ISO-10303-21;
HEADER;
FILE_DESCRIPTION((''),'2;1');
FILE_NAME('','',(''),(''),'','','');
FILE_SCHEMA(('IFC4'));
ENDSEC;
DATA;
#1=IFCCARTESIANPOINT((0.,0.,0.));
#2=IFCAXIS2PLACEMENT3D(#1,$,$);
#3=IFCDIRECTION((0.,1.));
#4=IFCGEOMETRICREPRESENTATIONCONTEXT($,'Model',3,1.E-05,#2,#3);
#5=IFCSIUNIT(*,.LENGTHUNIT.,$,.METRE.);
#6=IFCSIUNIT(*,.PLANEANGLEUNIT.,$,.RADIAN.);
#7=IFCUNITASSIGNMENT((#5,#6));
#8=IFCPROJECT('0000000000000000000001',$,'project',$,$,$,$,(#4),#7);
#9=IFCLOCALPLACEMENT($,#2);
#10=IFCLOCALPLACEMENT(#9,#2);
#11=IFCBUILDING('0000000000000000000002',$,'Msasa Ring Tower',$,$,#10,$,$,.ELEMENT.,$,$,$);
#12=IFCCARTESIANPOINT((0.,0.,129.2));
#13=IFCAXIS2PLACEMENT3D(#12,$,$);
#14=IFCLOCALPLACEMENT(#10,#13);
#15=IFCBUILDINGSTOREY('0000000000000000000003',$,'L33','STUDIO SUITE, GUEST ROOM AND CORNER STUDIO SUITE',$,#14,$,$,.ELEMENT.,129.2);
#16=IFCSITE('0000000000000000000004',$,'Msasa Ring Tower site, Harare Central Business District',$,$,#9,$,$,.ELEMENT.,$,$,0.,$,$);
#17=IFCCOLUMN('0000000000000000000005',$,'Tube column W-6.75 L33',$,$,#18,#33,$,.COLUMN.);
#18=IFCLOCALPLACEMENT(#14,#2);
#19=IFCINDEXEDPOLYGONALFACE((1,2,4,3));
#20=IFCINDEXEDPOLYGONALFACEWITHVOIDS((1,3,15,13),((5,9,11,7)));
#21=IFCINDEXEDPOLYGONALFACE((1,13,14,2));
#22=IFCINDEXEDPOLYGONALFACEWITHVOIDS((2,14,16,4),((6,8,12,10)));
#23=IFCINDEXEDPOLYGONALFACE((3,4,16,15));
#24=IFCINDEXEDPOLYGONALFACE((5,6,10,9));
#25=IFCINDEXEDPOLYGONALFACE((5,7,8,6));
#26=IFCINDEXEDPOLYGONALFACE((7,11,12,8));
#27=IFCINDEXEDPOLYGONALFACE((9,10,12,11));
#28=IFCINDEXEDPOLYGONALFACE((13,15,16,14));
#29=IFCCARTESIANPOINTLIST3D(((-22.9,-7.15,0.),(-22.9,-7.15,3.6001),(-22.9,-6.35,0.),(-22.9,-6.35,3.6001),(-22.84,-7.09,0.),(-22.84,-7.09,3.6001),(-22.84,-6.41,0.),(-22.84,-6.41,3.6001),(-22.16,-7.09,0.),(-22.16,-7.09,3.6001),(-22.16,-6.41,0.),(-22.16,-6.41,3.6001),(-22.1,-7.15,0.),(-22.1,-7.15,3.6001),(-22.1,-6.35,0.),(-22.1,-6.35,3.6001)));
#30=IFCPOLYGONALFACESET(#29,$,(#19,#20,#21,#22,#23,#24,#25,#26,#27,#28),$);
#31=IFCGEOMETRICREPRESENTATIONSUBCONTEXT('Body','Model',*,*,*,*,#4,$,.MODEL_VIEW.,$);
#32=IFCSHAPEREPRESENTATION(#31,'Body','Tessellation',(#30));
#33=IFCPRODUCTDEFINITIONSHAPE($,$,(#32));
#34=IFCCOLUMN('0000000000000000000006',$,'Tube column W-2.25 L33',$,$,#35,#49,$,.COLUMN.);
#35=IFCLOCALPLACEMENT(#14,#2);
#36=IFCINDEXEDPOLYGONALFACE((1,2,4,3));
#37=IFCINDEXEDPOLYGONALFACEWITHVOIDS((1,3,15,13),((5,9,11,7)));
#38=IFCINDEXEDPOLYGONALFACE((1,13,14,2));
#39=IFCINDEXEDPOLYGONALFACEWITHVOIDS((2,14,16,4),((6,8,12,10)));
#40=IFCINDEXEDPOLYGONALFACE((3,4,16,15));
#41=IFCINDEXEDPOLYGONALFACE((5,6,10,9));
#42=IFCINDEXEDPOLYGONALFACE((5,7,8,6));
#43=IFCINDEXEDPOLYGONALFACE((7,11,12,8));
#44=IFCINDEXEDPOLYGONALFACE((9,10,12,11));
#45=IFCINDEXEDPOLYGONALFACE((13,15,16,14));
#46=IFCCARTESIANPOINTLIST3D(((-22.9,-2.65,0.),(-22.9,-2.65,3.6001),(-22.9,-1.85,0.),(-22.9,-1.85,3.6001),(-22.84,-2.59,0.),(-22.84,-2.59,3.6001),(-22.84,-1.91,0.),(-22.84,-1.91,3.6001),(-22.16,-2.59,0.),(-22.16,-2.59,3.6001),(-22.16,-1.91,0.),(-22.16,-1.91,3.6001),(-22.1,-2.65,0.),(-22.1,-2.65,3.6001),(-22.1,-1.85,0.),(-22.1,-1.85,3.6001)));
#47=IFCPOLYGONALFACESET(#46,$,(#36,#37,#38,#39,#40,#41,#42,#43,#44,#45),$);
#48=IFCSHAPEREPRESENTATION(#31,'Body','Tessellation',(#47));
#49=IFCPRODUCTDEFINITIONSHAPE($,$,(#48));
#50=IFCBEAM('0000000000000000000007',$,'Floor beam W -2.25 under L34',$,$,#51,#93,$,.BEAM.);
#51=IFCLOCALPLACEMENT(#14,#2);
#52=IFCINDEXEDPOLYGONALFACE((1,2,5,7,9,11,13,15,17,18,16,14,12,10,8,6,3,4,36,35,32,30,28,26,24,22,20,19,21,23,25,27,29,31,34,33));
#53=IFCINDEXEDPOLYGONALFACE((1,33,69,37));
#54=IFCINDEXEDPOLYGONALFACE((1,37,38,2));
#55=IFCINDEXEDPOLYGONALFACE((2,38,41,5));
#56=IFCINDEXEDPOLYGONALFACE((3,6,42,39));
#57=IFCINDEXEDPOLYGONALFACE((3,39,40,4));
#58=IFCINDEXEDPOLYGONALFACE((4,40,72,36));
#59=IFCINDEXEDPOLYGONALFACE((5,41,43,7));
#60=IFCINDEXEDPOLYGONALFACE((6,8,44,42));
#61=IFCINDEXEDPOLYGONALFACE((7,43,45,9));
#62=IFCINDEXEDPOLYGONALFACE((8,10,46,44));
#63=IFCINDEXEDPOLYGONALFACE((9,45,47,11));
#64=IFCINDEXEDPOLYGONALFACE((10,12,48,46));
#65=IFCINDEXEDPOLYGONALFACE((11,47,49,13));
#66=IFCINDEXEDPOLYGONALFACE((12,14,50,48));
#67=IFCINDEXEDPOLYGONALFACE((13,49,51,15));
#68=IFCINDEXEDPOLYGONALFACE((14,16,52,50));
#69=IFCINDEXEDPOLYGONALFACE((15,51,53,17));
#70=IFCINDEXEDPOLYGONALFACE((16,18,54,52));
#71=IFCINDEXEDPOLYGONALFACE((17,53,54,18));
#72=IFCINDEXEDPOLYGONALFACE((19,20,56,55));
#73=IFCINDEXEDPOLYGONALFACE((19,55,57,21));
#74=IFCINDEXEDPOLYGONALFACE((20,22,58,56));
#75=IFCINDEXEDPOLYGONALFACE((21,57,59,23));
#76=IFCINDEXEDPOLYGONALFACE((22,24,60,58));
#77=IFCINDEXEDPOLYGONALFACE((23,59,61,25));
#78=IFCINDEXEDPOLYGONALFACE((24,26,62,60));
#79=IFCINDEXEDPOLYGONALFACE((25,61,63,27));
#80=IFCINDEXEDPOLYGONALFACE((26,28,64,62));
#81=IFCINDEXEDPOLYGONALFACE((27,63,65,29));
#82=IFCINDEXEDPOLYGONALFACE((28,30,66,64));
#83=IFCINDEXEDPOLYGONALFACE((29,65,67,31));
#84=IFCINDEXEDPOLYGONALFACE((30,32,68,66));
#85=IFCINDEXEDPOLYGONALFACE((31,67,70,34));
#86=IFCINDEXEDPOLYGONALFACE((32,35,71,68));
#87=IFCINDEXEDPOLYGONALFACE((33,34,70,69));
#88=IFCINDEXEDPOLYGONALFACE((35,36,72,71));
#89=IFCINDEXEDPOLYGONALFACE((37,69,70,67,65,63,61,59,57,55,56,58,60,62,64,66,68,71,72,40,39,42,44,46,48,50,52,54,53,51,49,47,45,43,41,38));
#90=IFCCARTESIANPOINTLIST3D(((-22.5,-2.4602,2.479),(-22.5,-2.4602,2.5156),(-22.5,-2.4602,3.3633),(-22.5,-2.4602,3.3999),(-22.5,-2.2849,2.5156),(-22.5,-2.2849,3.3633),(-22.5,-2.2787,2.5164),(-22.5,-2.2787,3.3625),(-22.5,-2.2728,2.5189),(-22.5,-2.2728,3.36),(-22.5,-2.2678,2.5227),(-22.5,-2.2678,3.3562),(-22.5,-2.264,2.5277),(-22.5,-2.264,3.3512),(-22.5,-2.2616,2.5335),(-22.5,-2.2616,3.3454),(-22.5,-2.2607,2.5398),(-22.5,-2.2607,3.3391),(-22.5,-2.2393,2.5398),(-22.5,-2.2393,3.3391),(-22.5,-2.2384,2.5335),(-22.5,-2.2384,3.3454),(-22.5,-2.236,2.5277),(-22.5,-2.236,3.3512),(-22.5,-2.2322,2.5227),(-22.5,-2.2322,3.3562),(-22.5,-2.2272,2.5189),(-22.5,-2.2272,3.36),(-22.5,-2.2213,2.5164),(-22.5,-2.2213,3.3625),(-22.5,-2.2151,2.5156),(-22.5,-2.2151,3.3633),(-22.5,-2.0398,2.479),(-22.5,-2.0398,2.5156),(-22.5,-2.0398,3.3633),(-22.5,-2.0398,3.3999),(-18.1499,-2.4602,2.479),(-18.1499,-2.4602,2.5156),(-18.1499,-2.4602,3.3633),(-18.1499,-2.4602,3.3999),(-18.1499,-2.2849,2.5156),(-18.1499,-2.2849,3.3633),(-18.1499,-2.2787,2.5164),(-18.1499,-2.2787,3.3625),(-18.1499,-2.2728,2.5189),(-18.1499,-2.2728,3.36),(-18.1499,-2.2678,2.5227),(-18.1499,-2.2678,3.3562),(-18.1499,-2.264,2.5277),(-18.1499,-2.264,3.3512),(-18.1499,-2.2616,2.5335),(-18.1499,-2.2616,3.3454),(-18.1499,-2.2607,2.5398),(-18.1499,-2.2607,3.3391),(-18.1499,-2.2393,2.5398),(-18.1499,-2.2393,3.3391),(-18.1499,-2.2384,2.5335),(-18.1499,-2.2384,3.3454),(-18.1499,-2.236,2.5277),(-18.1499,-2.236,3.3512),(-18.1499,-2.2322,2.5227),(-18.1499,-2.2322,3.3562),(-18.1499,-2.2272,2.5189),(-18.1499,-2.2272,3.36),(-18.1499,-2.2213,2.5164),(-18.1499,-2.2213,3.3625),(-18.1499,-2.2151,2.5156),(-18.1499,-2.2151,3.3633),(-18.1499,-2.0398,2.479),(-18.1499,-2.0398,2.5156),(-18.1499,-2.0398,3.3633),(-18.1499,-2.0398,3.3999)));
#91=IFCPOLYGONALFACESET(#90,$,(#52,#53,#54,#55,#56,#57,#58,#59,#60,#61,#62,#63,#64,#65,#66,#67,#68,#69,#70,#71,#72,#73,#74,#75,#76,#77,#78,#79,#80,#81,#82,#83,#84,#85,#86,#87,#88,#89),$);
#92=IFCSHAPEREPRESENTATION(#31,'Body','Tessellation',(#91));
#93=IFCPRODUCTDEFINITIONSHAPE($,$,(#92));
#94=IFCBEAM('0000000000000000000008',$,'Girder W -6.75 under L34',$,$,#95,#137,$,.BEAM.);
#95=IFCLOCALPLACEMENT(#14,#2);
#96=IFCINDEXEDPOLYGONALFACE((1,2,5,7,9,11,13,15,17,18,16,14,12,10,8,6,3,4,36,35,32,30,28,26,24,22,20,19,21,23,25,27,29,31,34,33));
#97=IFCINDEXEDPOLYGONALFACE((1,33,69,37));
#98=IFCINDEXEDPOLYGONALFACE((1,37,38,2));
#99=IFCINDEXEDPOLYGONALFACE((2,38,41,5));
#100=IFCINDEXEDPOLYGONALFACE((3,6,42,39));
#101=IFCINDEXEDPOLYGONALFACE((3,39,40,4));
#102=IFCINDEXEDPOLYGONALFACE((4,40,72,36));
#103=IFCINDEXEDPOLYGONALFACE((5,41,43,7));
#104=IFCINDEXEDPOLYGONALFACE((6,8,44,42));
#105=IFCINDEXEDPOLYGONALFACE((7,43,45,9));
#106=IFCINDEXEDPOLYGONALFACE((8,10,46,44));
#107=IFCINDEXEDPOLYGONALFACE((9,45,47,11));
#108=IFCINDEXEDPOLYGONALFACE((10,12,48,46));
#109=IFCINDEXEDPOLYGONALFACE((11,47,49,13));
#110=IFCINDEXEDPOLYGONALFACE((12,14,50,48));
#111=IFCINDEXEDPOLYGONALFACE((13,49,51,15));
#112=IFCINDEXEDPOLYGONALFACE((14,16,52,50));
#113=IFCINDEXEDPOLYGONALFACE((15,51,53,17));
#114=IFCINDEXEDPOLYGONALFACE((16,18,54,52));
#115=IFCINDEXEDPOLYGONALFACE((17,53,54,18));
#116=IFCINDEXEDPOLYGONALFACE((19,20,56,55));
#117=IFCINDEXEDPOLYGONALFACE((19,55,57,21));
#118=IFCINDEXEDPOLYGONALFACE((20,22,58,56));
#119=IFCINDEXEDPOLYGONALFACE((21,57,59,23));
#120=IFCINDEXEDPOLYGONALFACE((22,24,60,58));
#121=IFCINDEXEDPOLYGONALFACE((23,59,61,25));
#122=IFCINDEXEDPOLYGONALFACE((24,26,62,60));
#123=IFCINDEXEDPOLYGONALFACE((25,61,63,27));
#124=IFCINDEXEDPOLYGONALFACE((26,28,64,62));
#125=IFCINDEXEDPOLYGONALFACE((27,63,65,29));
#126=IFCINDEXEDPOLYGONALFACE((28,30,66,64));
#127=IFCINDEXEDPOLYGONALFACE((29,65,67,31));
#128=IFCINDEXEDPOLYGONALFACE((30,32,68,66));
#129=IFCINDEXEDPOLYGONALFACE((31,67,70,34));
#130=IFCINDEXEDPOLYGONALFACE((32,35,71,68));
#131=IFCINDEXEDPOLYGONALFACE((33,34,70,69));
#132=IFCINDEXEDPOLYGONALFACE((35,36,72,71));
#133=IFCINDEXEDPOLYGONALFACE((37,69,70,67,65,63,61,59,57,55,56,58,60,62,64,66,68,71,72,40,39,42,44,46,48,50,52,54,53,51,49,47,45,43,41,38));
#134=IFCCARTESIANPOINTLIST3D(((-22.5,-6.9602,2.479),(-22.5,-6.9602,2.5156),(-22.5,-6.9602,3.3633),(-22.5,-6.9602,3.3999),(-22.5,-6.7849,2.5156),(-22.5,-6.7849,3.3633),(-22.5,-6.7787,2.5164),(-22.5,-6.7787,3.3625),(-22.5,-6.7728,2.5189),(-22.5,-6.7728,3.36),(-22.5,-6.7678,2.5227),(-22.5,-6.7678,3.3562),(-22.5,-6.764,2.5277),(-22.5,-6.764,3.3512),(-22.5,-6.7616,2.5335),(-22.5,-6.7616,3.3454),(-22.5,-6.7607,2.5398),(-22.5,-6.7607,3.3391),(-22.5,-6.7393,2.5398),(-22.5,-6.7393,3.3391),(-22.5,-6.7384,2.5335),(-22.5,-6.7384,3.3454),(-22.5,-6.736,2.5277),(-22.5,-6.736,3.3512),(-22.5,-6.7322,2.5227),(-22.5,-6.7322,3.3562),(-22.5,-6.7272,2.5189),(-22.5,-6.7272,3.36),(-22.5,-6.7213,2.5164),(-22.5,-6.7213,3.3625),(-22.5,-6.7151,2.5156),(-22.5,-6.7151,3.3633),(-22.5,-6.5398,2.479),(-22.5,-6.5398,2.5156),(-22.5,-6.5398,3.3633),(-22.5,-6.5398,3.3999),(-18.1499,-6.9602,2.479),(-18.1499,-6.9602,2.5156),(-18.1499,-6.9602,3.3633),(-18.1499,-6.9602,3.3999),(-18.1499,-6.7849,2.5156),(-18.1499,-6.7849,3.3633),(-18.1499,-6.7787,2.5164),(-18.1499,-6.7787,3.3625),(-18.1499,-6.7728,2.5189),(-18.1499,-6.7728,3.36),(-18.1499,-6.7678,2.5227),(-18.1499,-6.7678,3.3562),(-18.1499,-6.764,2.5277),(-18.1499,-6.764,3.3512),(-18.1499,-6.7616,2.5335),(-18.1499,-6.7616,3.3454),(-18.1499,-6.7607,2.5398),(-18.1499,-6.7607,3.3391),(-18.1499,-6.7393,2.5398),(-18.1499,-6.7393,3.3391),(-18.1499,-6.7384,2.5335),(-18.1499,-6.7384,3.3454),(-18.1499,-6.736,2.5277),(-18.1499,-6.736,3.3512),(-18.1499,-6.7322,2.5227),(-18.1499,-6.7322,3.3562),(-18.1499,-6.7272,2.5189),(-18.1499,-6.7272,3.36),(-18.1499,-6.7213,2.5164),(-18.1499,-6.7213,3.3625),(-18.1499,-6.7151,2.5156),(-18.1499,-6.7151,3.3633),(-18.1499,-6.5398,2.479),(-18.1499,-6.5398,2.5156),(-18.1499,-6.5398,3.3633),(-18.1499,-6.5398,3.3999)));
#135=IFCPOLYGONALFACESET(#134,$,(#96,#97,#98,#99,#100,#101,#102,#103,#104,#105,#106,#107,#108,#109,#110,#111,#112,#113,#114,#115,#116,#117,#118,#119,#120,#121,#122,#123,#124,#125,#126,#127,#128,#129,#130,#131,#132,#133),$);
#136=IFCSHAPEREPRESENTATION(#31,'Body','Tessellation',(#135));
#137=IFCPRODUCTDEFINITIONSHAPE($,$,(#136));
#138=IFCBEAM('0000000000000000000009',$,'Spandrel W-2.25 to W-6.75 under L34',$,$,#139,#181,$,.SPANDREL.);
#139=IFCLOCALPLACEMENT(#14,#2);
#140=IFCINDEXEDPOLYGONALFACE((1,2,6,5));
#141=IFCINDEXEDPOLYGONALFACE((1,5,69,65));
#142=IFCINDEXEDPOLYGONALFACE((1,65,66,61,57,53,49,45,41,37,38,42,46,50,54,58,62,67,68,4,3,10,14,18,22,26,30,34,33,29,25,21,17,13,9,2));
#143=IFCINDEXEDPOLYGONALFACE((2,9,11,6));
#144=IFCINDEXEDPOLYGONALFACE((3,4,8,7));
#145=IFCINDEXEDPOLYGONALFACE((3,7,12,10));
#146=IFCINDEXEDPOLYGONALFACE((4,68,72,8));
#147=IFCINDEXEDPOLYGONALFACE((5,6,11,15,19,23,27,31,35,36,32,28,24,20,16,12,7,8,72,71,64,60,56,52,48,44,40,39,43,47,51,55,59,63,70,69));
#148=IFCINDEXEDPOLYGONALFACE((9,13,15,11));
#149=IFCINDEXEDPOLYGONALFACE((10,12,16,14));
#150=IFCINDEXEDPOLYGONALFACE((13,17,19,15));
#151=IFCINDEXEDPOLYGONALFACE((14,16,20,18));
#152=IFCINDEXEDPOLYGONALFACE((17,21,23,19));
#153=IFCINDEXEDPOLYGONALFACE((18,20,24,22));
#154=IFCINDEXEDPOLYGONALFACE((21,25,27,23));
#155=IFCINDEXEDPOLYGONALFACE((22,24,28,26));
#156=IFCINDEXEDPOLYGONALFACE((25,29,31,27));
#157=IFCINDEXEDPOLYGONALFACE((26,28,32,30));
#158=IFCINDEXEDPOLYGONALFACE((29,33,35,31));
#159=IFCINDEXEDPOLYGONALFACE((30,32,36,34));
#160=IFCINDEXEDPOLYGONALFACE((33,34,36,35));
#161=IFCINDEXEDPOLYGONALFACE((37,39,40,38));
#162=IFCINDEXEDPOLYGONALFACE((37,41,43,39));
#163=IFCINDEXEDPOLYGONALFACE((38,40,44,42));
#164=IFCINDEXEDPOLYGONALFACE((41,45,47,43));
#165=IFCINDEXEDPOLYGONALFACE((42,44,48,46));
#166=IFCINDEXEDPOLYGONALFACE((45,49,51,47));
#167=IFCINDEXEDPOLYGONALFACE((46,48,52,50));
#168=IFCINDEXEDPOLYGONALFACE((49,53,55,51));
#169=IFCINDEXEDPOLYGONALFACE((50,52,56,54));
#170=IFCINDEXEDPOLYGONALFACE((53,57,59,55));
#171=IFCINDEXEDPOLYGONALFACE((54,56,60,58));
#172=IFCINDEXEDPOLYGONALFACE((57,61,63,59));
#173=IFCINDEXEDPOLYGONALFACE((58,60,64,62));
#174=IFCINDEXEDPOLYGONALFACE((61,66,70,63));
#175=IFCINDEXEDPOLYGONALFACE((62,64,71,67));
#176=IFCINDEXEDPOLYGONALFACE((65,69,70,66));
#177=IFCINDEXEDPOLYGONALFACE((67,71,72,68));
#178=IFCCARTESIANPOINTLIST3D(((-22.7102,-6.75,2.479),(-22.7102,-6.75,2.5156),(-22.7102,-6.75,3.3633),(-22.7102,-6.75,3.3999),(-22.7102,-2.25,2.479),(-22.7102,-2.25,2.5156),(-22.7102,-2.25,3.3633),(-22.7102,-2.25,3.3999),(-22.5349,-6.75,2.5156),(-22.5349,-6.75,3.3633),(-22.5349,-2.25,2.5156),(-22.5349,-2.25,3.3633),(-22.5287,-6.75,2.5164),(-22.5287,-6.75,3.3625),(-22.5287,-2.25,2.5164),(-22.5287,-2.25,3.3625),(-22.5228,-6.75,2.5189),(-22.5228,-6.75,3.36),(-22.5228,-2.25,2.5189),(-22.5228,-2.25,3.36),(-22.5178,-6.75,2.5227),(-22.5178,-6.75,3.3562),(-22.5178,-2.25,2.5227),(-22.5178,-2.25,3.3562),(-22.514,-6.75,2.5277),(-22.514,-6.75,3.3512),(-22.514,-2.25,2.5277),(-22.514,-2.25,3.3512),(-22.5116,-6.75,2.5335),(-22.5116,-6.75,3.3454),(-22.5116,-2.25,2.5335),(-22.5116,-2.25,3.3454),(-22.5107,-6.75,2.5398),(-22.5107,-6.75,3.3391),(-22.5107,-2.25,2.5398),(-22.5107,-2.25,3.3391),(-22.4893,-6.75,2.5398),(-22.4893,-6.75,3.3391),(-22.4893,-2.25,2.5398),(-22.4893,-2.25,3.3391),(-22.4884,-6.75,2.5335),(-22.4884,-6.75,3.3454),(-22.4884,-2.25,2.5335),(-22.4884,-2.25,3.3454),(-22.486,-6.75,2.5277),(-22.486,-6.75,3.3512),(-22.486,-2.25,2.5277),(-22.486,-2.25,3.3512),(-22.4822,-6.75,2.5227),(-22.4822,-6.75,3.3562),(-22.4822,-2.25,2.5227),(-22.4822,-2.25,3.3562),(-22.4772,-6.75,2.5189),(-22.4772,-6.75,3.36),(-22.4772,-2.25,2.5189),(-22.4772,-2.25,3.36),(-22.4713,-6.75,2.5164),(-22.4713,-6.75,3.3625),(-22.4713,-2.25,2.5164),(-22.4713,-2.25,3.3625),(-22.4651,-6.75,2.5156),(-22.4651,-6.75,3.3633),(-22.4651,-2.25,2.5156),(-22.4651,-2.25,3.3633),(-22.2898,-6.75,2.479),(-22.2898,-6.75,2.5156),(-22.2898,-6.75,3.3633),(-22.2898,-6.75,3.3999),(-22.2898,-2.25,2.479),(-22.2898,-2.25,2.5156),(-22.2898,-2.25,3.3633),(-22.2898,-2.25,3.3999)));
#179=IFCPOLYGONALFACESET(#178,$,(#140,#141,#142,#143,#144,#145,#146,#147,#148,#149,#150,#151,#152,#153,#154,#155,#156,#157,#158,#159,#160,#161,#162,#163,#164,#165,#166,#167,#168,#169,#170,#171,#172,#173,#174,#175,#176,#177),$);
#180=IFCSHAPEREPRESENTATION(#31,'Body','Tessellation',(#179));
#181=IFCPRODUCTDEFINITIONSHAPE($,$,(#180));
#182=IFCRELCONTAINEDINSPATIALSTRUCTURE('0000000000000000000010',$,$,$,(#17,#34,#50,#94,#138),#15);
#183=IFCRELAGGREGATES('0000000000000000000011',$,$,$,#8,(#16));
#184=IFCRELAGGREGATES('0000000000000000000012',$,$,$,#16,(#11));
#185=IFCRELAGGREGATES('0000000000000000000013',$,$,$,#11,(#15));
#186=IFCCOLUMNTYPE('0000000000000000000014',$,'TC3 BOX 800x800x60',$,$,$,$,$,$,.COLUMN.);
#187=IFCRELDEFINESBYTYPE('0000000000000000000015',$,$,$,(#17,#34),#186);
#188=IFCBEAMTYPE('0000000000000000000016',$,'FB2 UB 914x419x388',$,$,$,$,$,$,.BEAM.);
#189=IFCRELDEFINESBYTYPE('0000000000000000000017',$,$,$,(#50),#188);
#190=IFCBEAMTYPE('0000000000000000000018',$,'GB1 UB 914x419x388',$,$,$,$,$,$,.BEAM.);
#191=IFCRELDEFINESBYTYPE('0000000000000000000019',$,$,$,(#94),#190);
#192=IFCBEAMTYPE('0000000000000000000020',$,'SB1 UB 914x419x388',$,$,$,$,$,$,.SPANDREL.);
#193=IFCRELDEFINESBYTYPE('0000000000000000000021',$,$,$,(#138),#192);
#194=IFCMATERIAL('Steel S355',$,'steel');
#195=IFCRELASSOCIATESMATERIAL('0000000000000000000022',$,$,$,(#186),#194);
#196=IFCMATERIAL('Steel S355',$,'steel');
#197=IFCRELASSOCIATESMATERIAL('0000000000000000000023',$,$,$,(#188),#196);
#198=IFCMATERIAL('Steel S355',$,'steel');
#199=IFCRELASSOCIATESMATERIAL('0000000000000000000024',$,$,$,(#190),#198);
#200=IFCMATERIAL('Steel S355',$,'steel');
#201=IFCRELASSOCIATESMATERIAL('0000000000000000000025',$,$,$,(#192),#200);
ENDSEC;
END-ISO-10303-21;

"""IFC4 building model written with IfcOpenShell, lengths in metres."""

from ifc_helpers import new_model, si_unit, direction, frame, origin, origin_2d, place, context, subcontext, project, spatial, hollow_rectangle, i_section, extrude, material, material_profile, profile_set, type_object, element, save


model = new_model("IFC4")

# Units and contexts
model_context = context("Model", 3, precision=1e-05, world=origin(), true_north=direction((0.0, 1.0)))
body_context = subcontext(model_context, "Body", "Model", "MODEL_VIEW")
ifc_project = project(units=[si_unit("LENGTHUNIT", "METRE"), si_unit("PLANEANGLEUNIT", "RADIAN")], contexts=[model_context])

# Site, building, storey
site_placement = place(None, origin())
site = spatial("IfcSite", under=ifc_project, at=site_placement, Name="Msasa Ring Tower site, Harare Central Business District", CompositionType="ELEMENT", RefElevation=0.0)
building_placement = place(site_placement, origin())
building = spatial("IfcBuilding", under=site, at=building_placement, Name="Msasa Ring Tower", CompositionType="ELEMENT")
storey_placement = place(building_placement, frame((0.0, 0.0, 129.2)))
storey = spatial("IfcBuildingStorey", under=building, at=storey_placement, Name="L33", Description="STUDIO SUITE, GUEST ROOM AND CORNER STUDIO SUITE", CompositionType="ELEMENT", Elevation=129.2)

# Columns
ifc_material_1 = material(Name="Steel S355", Category="steel")
ifc_material_profile_1 = material_profile(ifc_material_1, hollow_rectangle(XDim=0.8, YDim=0.8, WallThickness=0.0601, at=origin_2d()), Name="BOX 800x800x60")
ifc_profile_set_1 = profile_set([ifc_material_profile_1], Name="Steel S355")
column_type = type_object("IfcColumnType", Name="TC3 BOX 800x800x60", PredefinedType="COLUMN", material=ifc_profile_set_1)
for number, where, z_axis, x_axis, name in (
    (1, (-22.5, -6.75, 0.0), (0.0, 0.0, 1.0), (1.0, 0.0, 0.0), "Tube column W-6.75 L33"),
    (2, (-22.5, -2.25, 0.0), (0.0, 0.0, 1.0), (1.0, 0.0, 0.0), "Tube column W-2.25 L33"),
):
    element("IfcColumn", number, at=place(storey_placement, frame(where, z_axis=z_axis, x_axis=x_axis)), inside=storey, type_object=column_type, Name=name, PredefinedType="COLUMN", context=body_context, shape_type="SweptSolid", body=[
        extrude(hollow_rectangle(XDim=0.8, YDim=0.8, WallThickness=0.0601, at=origin_2d()), origin(), (0.0, 0.0, 1.0), 3.6001),
    ])

# Beams
ifc_material_2 = material(Name="Steel S355", Category="steel")
ifc_material_profile_2 = material_profile(ifc_material_2, i_section(OverallWidth=0.4204, OverallDepth=0.9209, WebThickness=0.0215, FlangeThickness=0.0366, FilletRadius=0.0242, at=origin_2d()), Name="UB 914x419x388")
ifc_profile_set_2 = profile_set([ifc_material_profile_2], Name="Steel S355")
beam_type_1 = type_object("IfcBeamType", Name="FB2 UB 914x419x388", PredefinedType="BEAM", material=ifc_profile_set_2)
beam_1_placement = place(storey_placement, frame((-22.5, -2.25, 2.9395), z_axis=(1.0, 0.0, 0.0), x_axis=(0.0, 1.0, 0.0)))
element("IfcBeam", 3, at=beam_1_placement, inside=storey, type_object=beam_type_1, Name="Floor beam W -2.25 under L34", PredefinedType="BEAM", context=body_context, shape_type="SweptSolid", body=[
    extrude(i_section(OverallWidth=0.4204, OverallDepth=0.9209, WebThickness=0.0215, FlangeThickness=0.0366, FilletRadius=0.0242, at=origin_2d()), origin(), (0.0, 0.0, 1.0), 4.3501),
])
ifc_material_3 = material(Name="Steel S355", Category="steel")
ifc_material_profile_3 = material_profile(ifc_material_3, i_section(OverallWidth=0.4204, OverallDepth=0.9209, WebThickness=0.0215, FlangeThickness=0.0366, FilletRadius=0.0242, at=origin_2d()), Name="UB 914x419x388")
ifc_profile_set_3 = profile_set([ifc_material_profile_3], Name="Steel S355")
beam_type_2 = type_object("IfcBeamType", Name="GB1 UB 914x419x388", PredefinedType="BEAM", material=ifc_profile_set_3)
beam_2_placement = place(storey_placement, frame((-18.1499, -6.75, 2.9395), z_axis=(-1.0, 0.0, 0.0), x_axis=(0.0, -1.0, 0.0)))
element("IfcBeam", 4, at=beam_2_placement, inside=storey, type_object=beam_type_2, Name="Girder W -6.75 under L34", PredefinedType="BEAM", context=body_context, shape_type="SweptSolid", body=[
    extrude(i_section(OverallWidth=0.4204, OverallDepth=0.9209, WebThickness=0.0215, FlangeThickness=0.0366, FilletRadius=0.0242, at=origin_2d()), origin(), (0.0, 0.0, 1.0), 4.3501),
])
ifc_material_4 = material(Name="Steel S355", Category="steel")
ifc_material_profile_4 = material_profile(ifc_material_4, i_section(OverallWidth=0.4204, OverallDepth=0.9209, WebThickness=0.0215, FlangeThickness=0.0366, FilletRadius=0.0242, at=origin_2d()), Name="UB 914x419x388")
ifc_profile_set_4 = profile_set([ifc_material_profile_4], Name="Steel S355")
beam_type_3 = type_object("IfcBeamType", Name="SB1 UB 914x419x388", PredefinedType="SPANDREL", material=ifc_profile_set_4)
for number, where, z_axis, x_axis, name in (
    (5, (-22.5, -2.25, 2.9395), (0.0, -1.0, 0.0), (1.0, 0.0, 0.0), "Spandrel W-2.25 to W-6.75 under L34"),
):
    element("IfcBeam", number, at=place(storey_placement, frame(where, z_axis=z_axis, x_axis=x_axis)), inside=storey, type_object=beam_type_3, Name=name, PredefinedType="SPANDREL", context=body_context, shape_type="SweptSolid", body=[
        extrude(i_section(OverallWidth=0.4204, OverallDepth=0.9209, WebThickness=0.0215, FlangeThickness=0.0366, FilletRadius=0.0242, at=origin_2d()), origin(), (0.0, 0.0, 1.0), 4.5),
    ])

save(model, "model.ifc")
